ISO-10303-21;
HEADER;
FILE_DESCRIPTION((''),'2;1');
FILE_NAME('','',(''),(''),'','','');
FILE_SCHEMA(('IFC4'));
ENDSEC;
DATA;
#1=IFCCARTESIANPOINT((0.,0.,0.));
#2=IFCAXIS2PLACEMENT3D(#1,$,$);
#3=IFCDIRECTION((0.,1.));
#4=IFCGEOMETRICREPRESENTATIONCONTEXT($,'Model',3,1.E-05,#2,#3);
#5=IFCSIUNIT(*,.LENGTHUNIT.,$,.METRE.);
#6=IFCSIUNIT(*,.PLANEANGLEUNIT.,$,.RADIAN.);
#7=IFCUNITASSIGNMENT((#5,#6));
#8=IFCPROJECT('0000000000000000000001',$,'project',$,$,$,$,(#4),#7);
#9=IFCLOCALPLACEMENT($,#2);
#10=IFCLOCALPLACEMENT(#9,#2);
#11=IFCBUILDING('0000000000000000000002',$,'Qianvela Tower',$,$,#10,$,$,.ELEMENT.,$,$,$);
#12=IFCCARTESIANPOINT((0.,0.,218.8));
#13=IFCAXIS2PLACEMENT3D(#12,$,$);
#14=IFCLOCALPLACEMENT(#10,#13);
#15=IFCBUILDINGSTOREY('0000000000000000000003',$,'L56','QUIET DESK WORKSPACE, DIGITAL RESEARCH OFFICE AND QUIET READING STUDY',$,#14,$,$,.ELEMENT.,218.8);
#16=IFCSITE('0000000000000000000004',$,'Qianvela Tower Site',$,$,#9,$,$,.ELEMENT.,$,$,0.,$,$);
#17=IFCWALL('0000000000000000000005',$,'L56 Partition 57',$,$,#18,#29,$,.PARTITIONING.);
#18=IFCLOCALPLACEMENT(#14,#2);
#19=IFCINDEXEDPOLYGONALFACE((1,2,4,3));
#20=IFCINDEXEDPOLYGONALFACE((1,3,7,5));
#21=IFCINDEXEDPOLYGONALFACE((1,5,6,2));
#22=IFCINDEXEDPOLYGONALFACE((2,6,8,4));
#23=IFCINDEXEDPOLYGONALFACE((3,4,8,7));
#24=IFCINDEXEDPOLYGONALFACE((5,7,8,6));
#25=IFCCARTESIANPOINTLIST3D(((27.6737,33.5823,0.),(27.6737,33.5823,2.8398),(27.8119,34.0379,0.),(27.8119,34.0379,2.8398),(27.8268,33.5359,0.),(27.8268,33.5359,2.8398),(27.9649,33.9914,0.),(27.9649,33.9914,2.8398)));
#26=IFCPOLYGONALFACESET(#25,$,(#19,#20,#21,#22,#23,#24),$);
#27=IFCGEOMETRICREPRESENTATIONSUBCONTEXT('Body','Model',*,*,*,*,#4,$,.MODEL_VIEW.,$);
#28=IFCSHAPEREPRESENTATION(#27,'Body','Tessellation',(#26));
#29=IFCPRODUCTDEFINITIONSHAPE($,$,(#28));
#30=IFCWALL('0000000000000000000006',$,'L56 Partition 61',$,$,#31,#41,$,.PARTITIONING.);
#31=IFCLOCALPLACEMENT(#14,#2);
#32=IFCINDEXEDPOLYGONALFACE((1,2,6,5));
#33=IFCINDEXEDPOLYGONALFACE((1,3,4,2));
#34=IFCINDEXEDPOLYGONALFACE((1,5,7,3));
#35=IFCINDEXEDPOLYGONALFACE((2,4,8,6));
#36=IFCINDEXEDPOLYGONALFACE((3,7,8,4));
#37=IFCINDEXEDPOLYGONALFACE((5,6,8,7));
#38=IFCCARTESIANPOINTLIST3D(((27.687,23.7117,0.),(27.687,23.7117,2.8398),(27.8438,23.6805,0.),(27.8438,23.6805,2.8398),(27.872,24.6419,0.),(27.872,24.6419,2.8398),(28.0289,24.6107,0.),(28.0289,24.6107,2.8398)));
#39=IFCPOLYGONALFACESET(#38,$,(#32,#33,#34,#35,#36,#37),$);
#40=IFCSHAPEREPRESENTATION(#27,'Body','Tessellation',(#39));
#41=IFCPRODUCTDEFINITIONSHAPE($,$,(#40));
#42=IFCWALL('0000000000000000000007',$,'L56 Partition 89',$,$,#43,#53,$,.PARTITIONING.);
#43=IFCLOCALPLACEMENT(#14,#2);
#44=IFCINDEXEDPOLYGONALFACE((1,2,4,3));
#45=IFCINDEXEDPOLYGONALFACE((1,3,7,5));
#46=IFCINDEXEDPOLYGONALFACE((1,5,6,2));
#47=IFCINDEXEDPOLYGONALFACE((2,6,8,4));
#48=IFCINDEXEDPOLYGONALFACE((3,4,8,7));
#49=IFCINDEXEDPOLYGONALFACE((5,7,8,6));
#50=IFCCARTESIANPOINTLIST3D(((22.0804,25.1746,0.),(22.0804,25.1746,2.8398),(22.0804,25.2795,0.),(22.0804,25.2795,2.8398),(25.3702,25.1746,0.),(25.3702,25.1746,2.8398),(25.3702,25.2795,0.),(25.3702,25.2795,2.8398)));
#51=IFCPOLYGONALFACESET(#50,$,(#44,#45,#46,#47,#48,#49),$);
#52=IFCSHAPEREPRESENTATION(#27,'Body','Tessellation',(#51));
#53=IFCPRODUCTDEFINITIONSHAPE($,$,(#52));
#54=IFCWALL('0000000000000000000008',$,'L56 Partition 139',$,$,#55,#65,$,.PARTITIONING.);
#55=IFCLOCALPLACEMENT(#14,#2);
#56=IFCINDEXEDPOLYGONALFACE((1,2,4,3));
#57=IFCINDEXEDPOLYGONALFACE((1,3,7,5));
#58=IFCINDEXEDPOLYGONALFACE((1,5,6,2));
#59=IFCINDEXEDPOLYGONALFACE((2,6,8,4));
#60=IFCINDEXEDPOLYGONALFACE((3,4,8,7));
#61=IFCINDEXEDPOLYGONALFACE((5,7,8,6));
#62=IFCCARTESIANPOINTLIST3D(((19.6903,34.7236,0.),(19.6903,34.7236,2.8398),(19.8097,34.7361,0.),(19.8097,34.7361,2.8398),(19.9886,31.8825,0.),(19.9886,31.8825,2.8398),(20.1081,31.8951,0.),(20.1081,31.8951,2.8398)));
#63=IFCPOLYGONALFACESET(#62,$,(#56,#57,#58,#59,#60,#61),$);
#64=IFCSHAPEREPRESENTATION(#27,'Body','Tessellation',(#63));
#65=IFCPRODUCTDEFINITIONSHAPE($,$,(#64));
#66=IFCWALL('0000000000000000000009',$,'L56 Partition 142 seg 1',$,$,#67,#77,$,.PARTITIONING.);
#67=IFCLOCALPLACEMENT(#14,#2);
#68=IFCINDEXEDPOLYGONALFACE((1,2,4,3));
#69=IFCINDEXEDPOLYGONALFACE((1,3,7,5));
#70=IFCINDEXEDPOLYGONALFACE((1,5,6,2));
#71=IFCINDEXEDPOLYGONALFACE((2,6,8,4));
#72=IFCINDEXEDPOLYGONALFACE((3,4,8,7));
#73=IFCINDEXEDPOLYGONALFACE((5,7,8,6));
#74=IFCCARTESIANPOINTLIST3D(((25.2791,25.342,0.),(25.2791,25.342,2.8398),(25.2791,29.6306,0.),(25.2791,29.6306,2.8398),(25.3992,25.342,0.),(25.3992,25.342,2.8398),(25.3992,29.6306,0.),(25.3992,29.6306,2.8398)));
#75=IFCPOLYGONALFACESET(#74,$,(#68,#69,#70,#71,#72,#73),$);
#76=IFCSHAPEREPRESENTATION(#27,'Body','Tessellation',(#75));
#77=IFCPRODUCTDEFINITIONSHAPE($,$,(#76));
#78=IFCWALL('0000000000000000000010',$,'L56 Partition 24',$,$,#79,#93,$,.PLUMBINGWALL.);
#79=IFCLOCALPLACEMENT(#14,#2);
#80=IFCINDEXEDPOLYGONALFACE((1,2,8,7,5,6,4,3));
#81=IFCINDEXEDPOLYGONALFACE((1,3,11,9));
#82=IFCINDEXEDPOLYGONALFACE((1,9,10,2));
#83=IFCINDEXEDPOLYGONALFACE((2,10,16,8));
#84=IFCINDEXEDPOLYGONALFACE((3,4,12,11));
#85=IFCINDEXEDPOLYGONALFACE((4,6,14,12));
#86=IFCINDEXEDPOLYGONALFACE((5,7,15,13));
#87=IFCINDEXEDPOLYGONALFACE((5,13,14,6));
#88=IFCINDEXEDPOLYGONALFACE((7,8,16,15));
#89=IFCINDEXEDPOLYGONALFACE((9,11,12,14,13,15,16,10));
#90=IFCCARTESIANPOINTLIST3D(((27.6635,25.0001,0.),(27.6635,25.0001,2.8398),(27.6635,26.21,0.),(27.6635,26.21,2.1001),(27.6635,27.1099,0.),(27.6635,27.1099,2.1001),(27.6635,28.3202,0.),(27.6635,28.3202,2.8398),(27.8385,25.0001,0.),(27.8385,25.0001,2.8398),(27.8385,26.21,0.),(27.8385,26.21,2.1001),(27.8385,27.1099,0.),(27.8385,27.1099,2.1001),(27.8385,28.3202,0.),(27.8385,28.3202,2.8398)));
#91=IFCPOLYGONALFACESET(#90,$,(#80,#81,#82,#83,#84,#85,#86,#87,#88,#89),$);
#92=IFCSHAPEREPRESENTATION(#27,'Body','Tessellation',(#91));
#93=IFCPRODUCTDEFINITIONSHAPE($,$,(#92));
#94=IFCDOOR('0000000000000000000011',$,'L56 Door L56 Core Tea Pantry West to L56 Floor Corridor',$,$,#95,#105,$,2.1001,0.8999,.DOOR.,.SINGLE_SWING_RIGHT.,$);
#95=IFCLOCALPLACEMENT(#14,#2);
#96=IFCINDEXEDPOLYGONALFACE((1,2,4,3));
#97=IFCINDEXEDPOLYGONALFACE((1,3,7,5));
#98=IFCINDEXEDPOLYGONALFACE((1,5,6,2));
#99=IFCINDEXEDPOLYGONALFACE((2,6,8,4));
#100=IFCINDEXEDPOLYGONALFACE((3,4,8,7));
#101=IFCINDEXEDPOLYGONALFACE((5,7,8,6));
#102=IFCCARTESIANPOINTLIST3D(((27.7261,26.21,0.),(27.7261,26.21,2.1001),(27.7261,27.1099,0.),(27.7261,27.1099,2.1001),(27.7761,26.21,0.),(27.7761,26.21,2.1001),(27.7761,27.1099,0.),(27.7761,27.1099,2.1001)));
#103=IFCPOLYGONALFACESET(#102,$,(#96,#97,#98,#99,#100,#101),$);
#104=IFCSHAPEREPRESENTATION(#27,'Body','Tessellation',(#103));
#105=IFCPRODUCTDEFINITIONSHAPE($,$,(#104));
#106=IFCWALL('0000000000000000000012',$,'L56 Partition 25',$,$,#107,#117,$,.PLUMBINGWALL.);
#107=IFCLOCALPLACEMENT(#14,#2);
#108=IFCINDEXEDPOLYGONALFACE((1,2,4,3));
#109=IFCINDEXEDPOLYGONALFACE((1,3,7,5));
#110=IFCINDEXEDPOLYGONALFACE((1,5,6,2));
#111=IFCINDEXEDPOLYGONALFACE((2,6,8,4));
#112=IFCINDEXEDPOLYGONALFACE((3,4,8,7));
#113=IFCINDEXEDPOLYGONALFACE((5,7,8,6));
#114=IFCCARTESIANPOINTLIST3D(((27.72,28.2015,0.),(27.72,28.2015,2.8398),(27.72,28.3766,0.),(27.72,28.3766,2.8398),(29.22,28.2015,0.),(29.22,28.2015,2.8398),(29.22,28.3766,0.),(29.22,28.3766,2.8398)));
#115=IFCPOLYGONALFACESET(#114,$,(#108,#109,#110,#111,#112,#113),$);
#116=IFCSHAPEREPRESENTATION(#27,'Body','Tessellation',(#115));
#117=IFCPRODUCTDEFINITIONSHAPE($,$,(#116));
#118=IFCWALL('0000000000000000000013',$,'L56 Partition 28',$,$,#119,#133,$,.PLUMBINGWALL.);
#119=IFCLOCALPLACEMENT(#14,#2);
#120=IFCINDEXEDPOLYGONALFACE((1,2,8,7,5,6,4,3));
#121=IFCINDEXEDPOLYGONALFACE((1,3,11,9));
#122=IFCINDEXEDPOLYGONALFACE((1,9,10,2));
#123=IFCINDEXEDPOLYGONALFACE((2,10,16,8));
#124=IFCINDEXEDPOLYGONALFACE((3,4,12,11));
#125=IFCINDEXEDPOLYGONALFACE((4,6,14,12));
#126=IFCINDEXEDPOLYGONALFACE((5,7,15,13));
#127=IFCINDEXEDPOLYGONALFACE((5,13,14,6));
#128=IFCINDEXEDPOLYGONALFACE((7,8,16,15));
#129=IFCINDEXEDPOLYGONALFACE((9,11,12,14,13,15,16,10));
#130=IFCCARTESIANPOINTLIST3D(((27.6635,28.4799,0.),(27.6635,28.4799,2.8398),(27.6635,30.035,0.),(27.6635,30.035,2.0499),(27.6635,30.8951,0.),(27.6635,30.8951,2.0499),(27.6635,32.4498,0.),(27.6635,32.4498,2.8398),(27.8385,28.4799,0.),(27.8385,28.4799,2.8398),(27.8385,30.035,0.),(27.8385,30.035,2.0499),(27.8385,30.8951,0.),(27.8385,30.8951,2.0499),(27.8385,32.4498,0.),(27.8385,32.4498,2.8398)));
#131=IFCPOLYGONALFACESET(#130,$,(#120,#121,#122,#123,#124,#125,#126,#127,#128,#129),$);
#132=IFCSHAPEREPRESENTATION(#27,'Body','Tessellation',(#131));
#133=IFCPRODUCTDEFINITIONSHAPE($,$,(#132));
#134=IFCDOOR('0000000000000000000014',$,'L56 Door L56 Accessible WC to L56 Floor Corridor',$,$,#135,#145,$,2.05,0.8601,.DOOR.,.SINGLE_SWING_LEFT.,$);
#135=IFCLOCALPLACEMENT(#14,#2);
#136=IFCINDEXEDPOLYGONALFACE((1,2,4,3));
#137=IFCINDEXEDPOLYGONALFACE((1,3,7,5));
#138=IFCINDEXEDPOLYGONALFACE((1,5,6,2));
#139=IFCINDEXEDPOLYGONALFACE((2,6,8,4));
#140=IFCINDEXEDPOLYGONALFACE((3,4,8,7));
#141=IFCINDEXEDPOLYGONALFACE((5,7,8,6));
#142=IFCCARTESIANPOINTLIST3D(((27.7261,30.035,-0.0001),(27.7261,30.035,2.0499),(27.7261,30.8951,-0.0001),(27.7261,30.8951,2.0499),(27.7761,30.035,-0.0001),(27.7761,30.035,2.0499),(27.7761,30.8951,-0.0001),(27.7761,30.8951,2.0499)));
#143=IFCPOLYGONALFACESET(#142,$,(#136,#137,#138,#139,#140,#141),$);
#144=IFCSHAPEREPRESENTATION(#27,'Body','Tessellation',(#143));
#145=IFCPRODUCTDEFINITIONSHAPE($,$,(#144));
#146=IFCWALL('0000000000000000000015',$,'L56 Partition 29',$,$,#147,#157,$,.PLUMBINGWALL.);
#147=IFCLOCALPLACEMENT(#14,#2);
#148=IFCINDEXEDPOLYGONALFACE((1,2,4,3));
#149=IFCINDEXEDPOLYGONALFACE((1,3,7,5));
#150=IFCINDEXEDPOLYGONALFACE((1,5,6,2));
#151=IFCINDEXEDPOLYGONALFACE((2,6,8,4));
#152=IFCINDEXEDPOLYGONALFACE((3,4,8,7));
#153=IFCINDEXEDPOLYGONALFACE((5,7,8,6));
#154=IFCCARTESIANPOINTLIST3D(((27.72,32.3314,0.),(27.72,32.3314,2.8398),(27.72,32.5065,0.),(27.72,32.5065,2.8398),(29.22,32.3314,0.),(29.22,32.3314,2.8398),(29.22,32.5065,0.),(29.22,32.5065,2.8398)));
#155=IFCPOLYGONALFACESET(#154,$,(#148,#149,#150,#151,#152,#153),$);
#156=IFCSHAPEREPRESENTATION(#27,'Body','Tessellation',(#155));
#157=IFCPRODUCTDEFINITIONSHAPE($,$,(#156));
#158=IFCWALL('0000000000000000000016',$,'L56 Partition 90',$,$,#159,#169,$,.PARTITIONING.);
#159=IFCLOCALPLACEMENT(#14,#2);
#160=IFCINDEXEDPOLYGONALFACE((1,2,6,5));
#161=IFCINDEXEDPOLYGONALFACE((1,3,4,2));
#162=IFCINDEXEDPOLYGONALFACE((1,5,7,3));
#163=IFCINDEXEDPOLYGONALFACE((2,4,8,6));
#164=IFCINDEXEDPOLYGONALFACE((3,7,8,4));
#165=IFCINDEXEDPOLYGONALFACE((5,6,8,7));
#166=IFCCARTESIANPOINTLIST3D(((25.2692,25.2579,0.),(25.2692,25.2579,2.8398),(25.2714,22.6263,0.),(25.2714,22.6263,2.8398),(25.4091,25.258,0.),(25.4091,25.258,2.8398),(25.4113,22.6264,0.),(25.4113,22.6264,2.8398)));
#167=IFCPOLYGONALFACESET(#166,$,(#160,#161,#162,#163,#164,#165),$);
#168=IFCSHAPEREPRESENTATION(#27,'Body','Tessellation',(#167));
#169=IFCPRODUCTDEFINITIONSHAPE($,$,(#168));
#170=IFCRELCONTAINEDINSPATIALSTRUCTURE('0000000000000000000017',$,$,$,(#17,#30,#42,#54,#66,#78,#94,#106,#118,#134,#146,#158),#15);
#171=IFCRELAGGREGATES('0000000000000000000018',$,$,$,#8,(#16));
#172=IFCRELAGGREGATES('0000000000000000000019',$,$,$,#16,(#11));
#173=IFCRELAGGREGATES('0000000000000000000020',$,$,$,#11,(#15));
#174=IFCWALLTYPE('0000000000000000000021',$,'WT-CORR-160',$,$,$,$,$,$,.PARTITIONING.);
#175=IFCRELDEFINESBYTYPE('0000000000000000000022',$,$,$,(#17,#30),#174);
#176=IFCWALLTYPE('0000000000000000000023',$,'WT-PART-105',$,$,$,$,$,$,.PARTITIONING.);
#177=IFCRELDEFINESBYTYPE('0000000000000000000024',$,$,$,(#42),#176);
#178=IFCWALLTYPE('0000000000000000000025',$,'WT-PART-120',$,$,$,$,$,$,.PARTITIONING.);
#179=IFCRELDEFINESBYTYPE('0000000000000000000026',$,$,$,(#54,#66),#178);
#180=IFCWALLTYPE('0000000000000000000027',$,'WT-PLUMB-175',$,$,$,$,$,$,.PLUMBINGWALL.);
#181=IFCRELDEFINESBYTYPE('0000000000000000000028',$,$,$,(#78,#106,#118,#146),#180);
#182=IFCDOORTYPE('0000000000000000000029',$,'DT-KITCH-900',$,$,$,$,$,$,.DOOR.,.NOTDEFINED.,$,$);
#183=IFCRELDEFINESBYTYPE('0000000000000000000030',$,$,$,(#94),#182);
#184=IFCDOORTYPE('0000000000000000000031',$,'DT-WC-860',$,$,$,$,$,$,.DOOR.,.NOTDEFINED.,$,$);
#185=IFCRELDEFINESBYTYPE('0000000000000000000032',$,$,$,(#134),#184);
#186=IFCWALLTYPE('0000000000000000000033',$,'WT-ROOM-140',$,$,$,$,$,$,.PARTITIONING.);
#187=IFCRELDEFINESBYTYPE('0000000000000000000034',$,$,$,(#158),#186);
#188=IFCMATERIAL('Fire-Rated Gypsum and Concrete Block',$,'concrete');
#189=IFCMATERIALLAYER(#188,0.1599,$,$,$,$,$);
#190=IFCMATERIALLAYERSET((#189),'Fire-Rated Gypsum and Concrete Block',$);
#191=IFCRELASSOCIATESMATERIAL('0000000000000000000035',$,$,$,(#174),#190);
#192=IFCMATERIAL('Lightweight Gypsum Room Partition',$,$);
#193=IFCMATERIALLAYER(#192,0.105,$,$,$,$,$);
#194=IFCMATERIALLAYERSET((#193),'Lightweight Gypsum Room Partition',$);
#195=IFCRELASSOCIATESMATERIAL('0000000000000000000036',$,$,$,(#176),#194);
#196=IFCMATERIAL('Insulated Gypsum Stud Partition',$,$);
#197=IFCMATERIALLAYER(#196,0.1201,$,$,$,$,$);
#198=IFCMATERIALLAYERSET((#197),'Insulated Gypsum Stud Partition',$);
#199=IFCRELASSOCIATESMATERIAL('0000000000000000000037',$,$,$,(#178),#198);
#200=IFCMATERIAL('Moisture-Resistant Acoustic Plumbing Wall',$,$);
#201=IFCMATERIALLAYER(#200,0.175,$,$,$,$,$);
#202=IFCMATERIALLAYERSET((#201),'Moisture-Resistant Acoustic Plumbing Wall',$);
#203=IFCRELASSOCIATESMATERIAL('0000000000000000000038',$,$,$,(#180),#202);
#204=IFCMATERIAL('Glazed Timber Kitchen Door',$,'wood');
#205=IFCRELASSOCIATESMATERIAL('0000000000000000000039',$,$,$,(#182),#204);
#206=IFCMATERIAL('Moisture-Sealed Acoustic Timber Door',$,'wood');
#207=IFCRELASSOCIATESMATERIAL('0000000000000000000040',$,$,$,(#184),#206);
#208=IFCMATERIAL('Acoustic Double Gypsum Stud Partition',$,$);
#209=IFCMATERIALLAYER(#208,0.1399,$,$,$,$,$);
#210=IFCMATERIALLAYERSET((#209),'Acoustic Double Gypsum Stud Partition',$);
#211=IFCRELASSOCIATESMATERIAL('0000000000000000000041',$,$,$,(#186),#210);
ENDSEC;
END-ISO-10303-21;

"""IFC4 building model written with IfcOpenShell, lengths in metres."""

from ifc_helpers import new_model, si_unit, direction, frame, frame_2d, origin, place, context, subcontext, project, spatial, rectangle, extrude, material, layer, layer_set, type_object, element, fill, save


model = new_model("IFC4")

# Units and contexts
model_context = context("Model", 3, precision=1e-05, world=origin(), true_north=direction((0.0, 1.0)))
body_context = subcontext(model_context, "Body", "Model", "MODEL_VIEW")
ifc_project = project(units=[si_unit("LENGTHUNIT", "METRE"), si_unit("PLANEANGLEUNIT", "RADIAN")], contexts=[model_context])

# Site, building, storey
site_placement = place(None, origin())
site = spatial("IfcSite", under=ifc_project, at=site_placement, Name="Qianvela Tower Site", CompositionType="ELEMENT", RefElevation=0.0)
building_placement = place(site_placement, origin())
building = spatial("IfcBuilding", under=site, at=building_placement, Name="Qianvela Tower", CompositionType="ELEMENT")
storey_placement = place(building_placement, frame((0.0, 0.0, 218.8)))
storey = spatial("IfcBuildingStorey", under=building, at=storey_placement, Name="L56", Description="QUIET DESK WORKSPACE, DIGITAL RESEARCH OFFICE AND QUIET READING STUDY", CompositionType="ELEMENT", Elevation=218.8)

# Walls
ifc_material_1 = material(Name="Fire-Rated Gypsum and Concrete Block", Category="concrete")
ifc_layer_1 = layer(ifc_material_1, 0.1599)
ifc_layer_set_1 = layer_set([ifc_layer_1], Name="Fire-Rated Gypsum and Concrete Block")
wall_type_1 = type_object("IfcWallType", Name="WT-CORR-160", PredefinedType="PARTITIONING", material=ifc_layer_set_1)
wall_1_placement = place(storey_placement, frame((27.8884, 34.0146, 0.0), z_axis=(0.0, 0.0, 1.0), x_axis=(-0.290264, -0.956947, 0.0)))
element("IfcWall", 1, at=wall_1_placement, inside=storey, type_object=wall_type_1, Name="L56 Partition 57", PredefinedType="PARTITIONING", context=body_context, shape_type="SweptSolid", body=[
    extrude(rectangle(XDim=0.4761, YDim=0.1599, at=frame_2d((0.238, 0.0))), origin(), (0.0, 0.0, 1.0), 2.8398),
])
wall_2_placement = place(storey_placement, frame((27.9504, 24.6262, 0.0), z_axis=(0.0, 0.0, 1.0), x_axis=(-0.195126, -0.980778, 0.0)))
element("IfcWall", 2, at=wall_2_placement, inside=storey, type_object=wall_type_1, Name="L56 Partition 61", PredefinedType="PARTITIONING", context=body_context, shape_type="SweptSolid", body=[
    extrude(rectangle(XDim=0.9485, YDim=0.1599, at=frame_2d((0.4741, 0.0))), origin(), (0.0, 0.0, 1.0), 2.8398),
])
ifc_material_2 = material(Name="Lightweight Gypsum Room Partition")
ifc_layer_2 = layer(ifc_material_2, 0.105)
ifc_layer_set_2 = layer_set([ifc_layer_2], Name="Lightweight Gypsum Room Partition")
wall_type_2 = type_object("IfcWallType", Name="WT-PART-105", PredefinedType="PARTITIONING", material=ifc_layer_set_2)
wall_3_placement = place(storey_placement, frame((22.0803, 25.2271, 0.0), z_axis=(0.0, 0.0, 1.0), x_axis=(1.0, 0.0, 0.0)))
element("IfcWall", 3, at=wall_3_placement, inside=storey, type_object=wall_type_2, Name="L56 Partition 89", PredefinedType="PARTITIONING", context=body_context, shape_type="SweptSolid", body=[
    extrude(rectangle(XDim=3.2898, YDim=0.105, at=frame_2d((1.645, 0.0))), origin(), (0.0, 0.0, 1.0), 2.8398),
])
ifc_material_3 = material(Name="Insulated Gypsum Stud Partition")
ifc_layer_3 = layer(ifc_material_3, 0.1201)
ifc_layer_set_3 = layer_set([ifc_layer_3], Name="Insulated Gypsum Stud Partition")
wall_type_3 = type_object("IfcWallType", Name="WT-PART-120", PredefinedType="PARTITIONING", material=ifc_layer_set_3)
wall_4_placement = place(storey_placement, frame((20.0483, 31.8889, 0.0), z_axis=(0.0, 0.0, 1.0), x_axis=(-0.104436, 0.994532, 0.0)))
element("IfcWall", 4, at=wall_4_placement, inside=storey, type_object=wall_type_3, Name="L56 Partition 139", PredefinedType="PARTITIONING", context=body_context, shape_type="SweptSolid", body=[
    extrude(rectangle(XDim=2.8567, YDim=0.1201, at=frame_2d((1.4282, 0.0))), origin(), (0.0, 0.0, 1.0), 2.8398),
])
wall_5_placement = place(storey_placement, frame((25.3391, 29.6306, 0.0), z_axis=(0.0, 0.0, 1.0), x_axis=(0.0, -1.0, 0.0)))
element("IfcWall", 5, at=wall_5_placement, inside=storey, type_object=wall_type_3, Name="L56 Partition 142 seg 1", PredefinedType="PARTITIONING", context=body_context, shape_type="SweptSolid", body=[
    extrude(rectangle(XDim=4.2886, YDim=0.1201, at=frame_2d((2.1443, 0.0))), origin(), (0.0, 0.0, 1.0), 2.8398),
])

# Wall, opening, door
ifc_material_4 = material(Name="Moisture-Resistant Acoustic Plumbing Wall")
ifc_layer_4 = layer(ifc_material_4, 0.175)
ifc_layer_set_4 = layer_set([ifc_layer_4], Name="Moisture-Resistant Acoustic Plumbing Wall")
wall_type_4 = type_object("IfcWallType", Name="WT-PLUMB-175", PredefinedType="PLUMBINGWALL", material=ifc_layer_set_4)
wall_6_placement = place(storey_placement, frame((27.751, 25.0, 0.0), z_axis=(0.0, 0.0, 1.0), x_axis=(0.0, 1.0, 0.0)))
wall_6 = element("IfcWall", 6, at=wall_6_placement, inside=storey, type_object=wall_type_4, Name="L56 Partition 24", PredefinedType="PLUMBINGWALL", context=body_context, shape_type="SweptSolid", body=[
    extrude(rectangle(XDim=3.3201, YDim=0.175, at=frame_2d((1.6602, 0.0))), origin(), (0.0, 0.0, 1.0), 2.8398),
])
opening_1_placement = place(wall_6_placement, frame((1.21, 0.0, 0.0)))
opening_1 = element("IfcOpeningElement", 7, at=opening_1_placement, cuts=wall_6, PredefinedType="OPENING", context=body_context, shape_type="SweptSolid", body=[
    extrude(rectangle(XDim=0.8999, YDim=2.1001, at=frame_2d((0.45, 1.05))), frame((0.0, 0.0974, 0.0), z_axis=(0.0, -1.0, 0.0), x_axis=(1.0, 0.0, 0.0)), (0.0, 0.0, 1.0), 0.1951),
])
ifc_material_5 = material(Name="Glazed Timber Kitchen Door", Category="wood")
door_type_1 = type_object("IfcDoorType", Name="DT-KITCH-900", OperationType="NOTDEFINED", PredefinedType="DOOR", material=ifc_material_5)
door_1_placement = place(opening_1_placement, origin())
door_1 = element("IfcDoor", 8, at=door_1_placement, inside=storey, type_object=door_type_1, Name="L56 Door L56 Core Tea Pantry West to L56 Floor Corridor", OperationType="SINGLE_SWING_RIGHT", OverallHeight=2.1001, OverallWidth=0.8999, PredefinedType="DOOR", context=body_context, shape_type="SweptSolid", body=[
    extrude(rectangle(XDim=0.8999, YDim=2.1001, at=frame_2d((0.45, 1.05))), frame((0.0, 0.0249, 0.0), z_axis=(0.0, -1.0, 0.0), x_axis=(1.0, 0.0, 0.0)), (0.0, 0.0, 1.0), 0.05),
])
fill(opening_1, door_1)

# Wall
wall_7_placement = place(storey_placement, frame((27.72, 28.2891, 0.0), z_axis=(0.0, 0.0, 1.0), x_axis=(1.0, 0.0, 0.0)))
element("IfcWall", 9, at=wall_7_placement, inside=storey, type_object=wall_type_4, Name="L56 Partition 25", PredefinedType="PLUMBINGWALL", context=body_context, shape_type="SweptSolid", body=[
    extrude(rectangle(XDim=1.5, YDim=0.175, at=frame_2d((0.75, 0.0))), origin(), (0.0, 0.0, 1.0), 2.8398),
])

# Wall, opening, door
wall_8_placement = place(storey_placement, frame((27.751, 28.48, 0.0), z_axis=(0.0, 0.0, 1.0), x_axis=(0.0, 1.0, 0.0)))
wall_8 = element("IfcWall", 10, at=wall_8_placement, inside=storey, type_object=wall_type_4, Name="L56 Partition 28", PredefinedType="PLUMBINGWALL", context=body_context, shape_type="SweptSolid", body=[
    extrude(rectangle(XDim=3.97, YDim=0.175, at=frame_2d((1.9849, 0.0))), origin(), (0.0, 0.0, 1.0), 2.8398),
])
opening_2_placement = place(wall_8_placement, frame((1.5549, 0.0, 0.0)))
opening_2 = element("IfcOpeningElement", 11, at=opening_2_placement, cuts=wall_8, PredefinedType="OPENING", context=body_context, shape_type="SweptSolid", body=[
    extrude(rectangle(XDim=0.8601, YDim=2.05, at=frame_2d((0.4302, 1.0249))), frame((0.0, 0.0974, 0.0), z_axis=(0.0, -1.0, 0.0), x_axis=(1.0, 0.0, 0.0)), (0.0, 0.0, 1.0), 0.1951),
])
ifc_material_6 = material(Name="Moisture-Sealed Acoustic Timber Door", Category="wood")
door_type_2 = type_object("IfcDoorType", Name="DT-WC-860", OperationType="NOTDEFINED", PredefinedType="DOOR", material=ifc_material_6)
door_2_placement = place(opening_2_placement, origin())
door_2 = element("IfcDoor", 12, at=door_2_placement, inside=storey, type_object=door_type_2, Name="L56 Door L56 Accessible WC to L56 Floor Corridor", OperationType="SINGLE_SWING_LEFT", OverallHeight=2.05, OverallWidth=0.8601, PredefinedType="DOOR", context=body_context, shape_type="SweptSolid", body=[
    extrude(rectangle(XDim=0.8601, YDim=2.05, at=frame_2d((0.4302, 1.0249))), frame((0.0, 0.0249, 0.0), z_axis=(0.0, -1.0, 0.0), x_axis=(1.0, 0.0, 0.0)), (0.0, 0.0, 1.0), 0.05),
])
fill(opening_2, door_2)

# Walls
wall_9_placement = place(storey_placement, frame((27.72, 32.4189, 0.0), z_axis=(0.0, 0.0, 1.0), x_axis=(1.0, 0.0, 0.0)))
element("IfcWall", 13, at=wall_9_placement, inside=storey, type_object=wall_type_4, Name="L56 Partition 29", PredefinedType="PLUMBINGWALL", context=body_context, shape_type="SweptSolid", body=[
    extrude(rectangle(XDim=1.5, YDim=0.175, at=frame_2d((0.75, 0.0))), origin(), (0.0, 0.0, 1.0), 2.8398),
])
ifc_material_7 = material(Name="Acoustic Double Gypsum Stud Partition")
ifc_layer_5 = layer(ifc_material_7, 0.1399)
ifc_layer_set_5 = layer_set([ifc_layer_5], Name="Acoustic Double Gypsum Stud Partition")
wall_type_5 = type_object("IfcWallType", Name="WT-ROOM-140", PredefinedType="PARTITIONING", material=ifc_layer_set_5)
wall_10_placement = place(storey_placement, frame((25.3391, 25.2581, 0.0), z_axis=(0.0, 0.0, 1.0), x_axis=(0.000835, -1.0, 0.0)))
element("IfcWall", 14, at=wall_10_placement, inside=storey, type_object=wall_type_5, Name="L56 Partition 90", PredefinedType="PARTITIONING", context=body_context, shape_type="SweptSolid", body=[
    extrude(rectangle(XDim=2.6316, YDim=0.1399, at=frame_2d((1.3159, 0.0))), origin(), (0.0, 0.0, 1.0), 2.8398),
])

save(model, "model.ifc")
